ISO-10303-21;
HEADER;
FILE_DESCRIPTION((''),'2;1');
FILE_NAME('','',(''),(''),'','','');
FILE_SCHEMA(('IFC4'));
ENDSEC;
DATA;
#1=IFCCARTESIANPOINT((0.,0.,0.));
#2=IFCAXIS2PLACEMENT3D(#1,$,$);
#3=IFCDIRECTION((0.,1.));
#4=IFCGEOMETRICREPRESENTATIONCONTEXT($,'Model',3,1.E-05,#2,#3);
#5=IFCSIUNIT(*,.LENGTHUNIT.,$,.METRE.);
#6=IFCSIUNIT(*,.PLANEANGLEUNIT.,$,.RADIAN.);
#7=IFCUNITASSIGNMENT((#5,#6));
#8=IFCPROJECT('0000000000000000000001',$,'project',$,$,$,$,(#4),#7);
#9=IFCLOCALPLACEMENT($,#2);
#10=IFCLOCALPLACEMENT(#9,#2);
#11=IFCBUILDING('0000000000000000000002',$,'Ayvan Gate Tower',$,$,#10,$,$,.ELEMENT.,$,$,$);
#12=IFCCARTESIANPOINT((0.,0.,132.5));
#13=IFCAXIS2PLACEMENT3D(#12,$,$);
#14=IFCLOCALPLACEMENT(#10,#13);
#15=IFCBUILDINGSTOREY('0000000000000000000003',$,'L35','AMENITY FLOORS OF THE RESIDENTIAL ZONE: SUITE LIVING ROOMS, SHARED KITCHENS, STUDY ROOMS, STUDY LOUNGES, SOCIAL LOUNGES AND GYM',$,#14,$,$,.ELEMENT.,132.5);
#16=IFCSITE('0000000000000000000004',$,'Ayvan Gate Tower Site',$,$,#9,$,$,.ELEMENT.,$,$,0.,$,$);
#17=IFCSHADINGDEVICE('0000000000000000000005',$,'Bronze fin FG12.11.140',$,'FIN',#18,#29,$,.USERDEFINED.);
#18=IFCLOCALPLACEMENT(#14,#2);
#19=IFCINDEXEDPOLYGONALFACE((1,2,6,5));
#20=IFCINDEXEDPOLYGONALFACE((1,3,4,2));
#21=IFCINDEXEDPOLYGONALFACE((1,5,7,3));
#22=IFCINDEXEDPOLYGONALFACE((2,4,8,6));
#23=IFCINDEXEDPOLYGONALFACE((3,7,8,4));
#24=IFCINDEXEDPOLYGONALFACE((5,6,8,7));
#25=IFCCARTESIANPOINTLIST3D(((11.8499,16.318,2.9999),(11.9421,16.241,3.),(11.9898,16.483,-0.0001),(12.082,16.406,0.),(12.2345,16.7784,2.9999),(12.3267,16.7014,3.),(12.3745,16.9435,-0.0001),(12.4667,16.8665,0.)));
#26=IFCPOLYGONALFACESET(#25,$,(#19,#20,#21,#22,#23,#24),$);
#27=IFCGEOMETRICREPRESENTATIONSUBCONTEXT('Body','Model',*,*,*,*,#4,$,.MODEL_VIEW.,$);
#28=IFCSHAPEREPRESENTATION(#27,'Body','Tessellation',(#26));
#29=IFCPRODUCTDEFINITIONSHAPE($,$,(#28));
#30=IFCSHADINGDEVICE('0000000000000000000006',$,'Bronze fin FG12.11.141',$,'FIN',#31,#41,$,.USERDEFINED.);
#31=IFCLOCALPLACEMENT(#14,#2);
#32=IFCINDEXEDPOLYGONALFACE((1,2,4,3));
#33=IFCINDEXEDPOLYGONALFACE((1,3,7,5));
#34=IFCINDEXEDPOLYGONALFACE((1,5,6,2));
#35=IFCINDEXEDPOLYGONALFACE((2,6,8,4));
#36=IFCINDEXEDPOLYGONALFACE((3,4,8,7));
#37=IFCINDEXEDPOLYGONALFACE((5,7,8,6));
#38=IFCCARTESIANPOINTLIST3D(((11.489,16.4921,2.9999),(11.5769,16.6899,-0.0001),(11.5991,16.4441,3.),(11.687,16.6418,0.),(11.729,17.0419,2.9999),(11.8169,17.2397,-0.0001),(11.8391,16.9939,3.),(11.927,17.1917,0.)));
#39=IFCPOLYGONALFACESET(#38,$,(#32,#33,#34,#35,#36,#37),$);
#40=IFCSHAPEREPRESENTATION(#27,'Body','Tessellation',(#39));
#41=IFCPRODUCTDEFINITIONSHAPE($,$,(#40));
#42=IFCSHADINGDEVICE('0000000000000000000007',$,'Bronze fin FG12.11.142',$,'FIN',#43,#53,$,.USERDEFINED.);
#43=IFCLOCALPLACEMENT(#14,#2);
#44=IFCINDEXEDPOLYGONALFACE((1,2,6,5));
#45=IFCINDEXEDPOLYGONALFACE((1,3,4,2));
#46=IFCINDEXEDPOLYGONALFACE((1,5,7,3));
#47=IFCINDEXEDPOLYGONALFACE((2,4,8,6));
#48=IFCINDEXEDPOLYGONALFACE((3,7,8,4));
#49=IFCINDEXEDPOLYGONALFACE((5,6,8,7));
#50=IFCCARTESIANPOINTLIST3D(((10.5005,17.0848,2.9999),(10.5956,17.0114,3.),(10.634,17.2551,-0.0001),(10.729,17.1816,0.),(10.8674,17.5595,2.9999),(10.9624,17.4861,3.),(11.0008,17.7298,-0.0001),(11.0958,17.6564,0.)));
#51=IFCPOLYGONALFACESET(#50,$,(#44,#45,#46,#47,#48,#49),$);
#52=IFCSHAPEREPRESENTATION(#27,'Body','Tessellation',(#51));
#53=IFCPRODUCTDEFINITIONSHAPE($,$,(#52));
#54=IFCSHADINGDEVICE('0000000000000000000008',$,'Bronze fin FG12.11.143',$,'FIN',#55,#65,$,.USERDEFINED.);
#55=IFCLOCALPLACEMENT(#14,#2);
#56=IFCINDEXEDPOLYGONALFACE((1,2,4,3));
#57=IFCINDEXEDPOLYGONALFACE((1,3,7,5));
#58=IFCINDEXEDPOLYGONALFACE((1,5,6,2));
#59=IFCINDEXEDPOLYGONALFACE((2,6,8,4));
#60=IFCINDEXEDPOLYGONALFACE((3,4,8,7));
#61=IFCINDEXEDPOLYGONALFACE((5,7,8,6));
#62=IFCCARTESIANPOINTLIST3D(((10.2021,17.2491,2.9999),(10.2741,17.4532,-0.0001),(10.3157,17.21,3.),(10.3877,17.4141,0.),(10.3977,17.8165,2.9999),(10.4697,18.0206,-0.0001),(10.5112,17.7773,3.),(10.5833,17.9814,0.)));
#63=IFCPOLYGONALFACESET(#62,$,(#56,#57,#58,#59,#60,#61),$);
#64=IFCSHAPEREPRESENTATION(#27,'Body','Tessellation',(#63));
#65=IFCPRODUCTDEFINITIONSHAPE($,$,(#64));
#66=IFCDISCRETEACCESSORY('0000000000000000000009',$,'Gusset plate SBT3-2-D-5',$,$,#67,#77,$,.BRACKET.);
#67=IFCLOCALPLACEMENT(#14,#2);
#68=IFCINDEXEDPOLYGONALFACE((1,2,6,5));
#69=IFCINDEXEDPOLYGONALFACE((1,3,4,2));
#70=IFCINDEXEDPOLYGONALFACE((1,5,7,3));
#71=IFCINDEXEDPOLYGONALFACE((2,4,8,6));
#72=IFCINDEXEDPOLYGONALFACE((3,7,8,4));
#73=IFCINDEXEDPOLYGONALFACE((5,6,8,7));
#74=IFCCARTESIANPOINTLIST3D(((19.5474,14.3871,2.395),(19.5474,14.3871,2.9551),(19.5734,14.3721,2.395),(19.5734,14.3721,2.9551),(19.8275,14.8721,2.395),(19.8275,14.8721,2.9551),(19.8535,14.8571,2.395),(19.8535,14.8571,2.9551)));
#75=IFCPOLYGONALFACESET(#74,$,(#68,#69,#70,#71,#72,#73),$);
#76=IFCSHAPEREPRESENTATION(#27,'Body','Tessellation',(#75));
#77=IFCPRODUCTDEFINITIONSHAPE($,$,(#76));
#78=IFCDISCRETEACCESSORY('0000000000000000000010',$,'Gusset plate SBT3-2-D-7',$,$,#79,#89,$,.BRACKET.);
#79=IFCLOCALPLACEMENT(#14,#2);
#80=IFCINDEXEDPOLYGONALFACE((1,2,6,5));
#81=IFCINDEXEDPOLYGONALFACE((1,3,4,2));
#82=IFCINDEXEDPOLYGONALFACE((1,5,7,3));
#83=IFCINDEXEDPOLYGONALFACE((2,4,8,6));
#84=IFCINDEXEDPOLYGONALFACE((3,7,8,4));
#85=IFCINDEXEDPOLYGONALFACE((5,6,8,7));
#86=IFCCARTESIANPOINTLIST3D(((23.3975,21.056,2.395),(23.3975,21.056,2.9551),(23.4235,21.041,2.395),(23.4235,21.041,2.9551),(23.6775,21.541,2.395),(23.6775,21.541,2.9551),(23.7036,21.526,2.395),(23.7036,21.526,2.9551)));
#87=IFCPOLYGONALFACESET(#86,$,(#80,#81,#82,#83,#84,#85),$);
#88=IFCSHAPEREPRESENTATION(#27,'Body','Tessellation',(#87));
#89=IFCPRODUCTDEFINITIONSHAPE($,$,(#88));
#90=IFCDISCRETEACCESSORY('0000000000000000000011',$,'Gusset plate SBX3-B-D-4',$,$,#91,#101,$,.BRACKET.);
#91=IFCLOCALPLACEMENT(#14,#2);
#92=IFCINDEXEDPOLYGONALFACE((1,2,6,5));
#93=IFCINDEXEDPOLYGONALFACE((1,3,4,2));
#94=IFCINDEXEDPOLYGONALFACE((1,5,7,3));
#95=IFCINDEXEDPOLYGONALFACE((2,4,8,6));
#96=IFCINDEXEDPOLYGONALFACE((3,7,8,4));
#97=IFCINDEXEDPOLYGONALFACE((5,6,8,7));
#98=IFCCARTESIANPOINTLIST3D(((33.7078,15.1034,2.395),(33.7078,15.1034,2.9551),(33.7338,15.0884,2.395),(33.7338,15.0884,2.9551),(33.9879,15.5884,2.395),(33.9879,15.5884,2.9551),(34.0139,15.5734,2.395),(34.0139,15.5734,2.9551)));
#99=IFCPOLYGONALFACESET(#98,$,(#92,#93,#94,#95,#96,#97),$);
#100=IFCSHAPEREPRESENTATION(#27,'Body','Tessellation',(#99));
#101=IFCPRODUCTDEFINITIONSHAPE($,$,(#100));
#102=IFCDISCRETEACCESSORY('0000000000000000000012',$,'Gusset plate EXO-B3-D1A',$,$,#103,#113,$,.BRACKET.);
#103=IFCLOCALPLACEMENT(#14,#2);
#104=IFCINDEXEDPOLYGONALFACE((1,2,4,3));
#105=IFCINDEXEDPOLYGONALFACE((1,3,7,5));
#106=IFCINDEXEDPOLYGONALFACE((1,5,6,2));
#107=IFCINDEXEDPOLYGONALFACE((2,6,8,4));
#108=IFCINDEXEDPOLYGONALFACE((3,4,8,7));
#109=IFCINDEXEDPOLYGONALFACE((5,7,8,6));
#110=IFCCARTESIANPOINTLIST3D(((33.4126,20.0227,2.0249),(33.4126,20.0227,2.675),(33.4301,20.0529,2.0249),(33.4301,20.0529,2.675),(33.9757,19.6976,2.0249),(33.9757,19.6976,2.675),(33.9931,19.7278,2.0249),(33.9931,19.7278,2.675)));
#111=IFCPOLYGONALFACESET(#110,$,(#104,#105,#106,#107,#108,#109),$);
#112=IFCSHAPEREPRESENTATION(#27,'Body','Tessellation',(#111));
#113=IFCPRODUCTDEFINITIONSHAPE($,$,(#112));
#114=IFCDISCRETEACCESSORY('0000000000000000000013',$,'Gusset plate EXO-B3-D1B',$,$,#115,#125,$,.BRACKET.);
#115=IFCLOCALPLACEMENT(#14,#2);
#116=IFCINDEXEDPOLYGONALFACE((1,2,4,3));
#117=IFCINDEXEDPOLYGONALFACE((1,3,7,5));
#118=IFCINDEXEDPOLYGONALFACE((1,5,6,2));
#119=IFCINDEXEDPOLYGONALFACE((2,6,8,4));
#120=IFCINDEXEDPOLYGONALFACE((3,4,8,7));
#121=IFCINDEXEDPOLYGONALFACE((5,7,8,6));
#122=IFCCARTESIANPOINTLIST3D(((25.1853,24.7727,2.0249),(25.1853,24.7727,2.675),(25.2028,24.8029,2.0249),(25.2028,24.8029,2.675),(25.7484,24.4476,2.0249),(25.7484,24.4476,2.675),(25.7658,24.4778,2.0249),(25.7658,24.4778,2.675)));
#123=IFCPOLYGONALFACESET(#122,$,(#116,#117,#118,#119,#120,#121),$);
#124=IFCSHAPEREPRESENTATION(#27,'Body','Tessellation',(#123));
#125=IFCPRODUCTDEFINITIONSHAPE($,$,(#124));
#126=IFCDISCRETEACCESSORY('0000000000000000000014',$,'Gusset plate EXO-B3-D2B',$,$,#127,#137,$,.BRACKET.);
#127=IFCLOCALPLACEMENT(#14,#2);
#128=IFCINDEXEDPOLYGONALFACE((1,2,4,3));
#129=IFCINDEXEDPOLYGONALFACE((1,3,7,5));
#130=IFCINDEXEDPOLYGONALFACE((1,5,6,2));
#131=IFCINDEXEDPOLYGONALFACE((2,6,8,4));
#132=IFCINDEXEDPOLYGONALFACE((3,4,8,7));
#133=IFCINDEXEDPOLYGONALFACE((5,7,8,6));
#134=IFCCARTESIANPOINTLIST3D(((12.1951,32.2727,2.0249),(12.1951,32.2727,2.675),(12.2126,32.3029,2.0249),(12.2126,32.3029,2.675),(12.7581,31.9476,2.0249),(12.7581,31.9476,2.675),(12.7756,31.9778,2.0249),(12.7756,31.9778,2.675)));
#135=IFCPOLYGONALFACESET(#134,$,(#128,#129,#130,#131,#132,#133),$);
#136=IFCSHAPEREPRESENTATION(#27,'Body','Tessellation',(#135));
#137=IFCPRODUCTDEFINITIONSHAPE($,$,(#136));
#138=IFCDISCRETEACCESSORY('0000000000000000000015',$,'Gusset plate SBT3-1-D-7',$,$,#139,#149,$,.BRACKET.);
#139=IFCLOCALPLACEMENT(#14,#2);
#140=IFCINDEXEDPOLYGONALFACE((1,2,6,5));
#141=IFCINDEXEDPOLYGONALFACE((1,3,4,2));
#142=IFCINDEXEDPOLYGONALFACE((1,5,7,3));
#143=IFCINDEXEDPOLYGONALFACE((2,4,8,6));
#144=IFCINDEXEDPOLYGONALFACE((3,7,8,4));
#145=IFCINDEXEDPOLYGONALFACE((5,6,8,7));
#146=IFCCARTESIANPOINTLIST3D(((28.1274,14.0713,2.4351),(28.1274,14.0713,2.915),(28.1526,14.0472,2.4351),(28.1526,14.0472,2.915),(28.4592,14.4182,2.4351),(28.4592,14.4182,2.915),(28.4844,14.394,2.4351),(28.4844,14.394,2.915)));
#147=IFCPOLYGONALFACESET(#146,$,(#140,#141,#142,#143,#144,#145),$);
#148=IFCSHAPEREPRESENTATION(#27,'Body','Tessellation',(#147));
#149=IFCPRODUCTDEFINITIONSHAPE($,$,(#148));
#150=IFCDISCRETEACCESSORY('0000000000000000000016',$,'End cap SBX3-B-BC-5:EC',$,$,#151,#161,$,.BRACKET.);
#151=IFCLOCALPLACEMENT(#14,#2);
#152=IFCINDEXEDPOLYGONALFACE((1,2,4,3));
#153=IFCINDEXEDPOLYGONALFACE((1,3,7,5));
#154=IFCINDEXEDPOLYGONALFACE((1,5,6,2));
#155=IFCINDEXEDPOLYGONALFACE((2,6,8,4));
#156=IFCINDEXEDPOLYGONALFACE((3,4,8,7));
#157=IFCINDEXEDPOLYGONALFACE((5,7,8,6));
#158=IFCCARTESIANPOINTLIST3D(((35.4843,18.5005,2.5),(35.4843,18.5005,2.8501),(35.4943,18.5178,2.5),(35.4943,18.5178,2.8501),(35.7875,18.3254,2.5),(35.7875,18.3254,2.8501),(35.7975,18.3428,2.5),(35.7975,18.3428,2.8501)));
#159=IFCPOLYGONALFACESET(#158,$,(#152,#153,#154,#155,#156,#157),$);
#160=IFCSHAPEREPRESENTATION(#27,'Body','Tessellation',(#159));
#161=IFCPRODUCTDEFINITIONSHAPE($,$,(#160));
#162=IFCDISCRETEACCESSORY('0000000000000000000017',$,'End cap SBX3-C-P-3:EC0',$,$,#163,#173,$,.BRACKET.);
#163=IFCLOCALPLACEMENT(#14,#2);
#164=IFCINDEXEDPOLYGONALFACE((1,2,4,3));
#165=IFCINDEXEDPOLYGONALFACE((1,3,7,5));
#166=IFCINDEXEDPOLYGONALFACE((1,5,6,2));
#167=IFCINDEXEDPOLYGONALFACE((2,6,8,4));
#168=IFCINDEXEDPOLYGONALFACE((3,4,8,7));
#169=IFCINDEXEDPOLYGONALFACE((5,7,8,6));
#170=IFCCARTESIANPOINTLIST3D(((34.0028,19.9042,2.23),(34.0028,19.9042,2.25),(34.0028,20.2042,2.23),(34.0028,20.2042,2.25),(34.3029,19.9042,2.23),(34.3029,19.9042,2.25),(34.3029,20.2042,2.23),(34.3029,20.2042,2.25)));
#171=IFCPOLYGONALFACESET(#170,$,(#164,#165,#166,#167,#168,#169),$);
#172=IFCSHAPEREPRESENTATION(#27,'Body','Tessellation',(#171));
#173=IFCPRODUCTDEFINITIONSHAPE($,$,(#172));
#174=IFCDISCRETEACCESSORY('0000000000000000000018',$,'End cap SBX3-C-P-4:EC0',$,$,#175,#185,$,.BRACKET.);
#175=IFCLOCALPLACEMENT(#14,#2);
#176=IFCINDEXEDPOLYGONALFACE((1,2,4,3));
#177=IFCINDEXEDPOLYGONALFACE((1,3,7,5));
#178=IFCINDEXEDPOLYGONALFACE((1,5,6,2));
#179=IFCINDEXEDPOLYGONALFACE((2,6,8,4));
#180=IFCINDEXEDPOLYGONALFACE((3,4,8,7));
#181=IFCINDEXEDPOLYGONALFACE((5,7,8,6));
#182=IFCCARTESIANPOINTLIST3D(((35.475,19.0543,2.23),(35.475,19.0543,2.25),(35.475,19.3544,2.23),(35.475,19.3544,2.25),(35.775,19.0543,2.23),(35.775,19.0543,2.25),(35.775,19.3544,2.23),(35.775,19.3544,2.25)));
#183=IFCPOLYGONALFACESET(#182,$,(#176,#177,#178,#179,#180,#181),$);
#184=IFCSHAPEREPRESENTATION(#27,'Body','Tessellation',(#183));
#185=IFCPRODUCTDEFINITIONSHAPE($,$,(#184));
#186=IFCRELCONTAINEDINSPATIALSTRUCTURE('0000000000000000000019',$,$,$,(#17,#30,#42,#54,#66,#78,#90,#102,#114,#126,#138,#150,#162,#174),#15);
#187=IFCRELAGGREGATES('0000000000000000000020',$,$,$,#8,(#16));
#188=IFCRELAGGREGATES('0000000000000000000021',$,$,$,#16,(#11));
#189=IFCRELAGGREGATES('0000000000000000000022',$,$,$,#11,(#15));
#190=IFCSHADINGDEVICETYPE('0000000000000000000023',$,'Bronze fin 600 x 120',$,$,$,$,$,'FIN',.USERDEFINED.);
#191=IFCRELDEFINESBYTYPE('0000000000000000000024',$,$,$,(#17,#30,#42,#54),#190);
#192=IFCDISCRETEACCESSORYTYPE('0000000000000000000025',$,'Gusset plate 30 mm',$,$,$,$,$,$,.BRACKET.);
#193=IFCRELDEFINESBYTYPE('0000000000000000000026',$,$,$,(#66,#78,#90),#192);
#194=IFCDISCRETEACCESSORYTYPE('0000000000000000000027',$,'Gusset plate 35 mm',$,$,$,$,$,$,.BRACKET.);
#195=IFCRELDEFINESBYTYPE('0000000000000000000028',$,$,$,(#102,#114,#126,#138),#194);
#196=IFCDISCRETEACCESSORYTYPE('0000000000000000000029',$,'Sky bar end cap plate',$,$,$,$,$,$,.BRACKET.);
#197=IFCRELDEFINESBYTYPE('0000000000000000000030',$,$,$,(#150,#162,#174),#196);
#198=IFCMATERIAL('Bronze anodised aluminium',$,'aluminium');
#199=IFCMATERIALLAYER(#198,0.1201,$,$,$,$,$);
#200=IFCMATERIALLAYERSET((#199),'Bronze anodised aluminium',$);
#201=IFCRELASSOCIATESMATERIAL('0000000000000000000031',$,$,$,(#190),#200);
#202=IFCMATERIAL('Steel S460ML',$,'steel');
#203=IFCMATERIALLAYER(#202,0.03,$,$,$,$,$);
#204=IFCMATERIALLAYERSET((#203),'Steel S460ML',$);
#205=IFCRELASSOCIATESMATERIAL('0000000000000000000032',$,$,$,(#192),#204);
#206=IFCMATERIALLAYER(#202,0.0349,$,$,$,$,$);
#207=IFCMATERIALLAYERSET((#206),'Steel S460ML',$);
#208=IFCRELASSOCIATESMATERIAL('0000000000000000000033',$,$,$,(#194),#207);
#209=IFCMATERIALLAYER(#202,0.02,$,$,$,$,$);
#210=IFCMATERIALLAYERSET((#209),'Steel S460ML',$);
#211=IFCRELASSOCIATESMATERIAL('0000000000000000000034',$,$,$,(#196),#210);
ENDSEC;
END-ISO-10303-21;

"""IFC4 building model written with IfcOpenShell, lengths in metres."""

from ifc_helpers import new_model, si_unit, direction, frame, origin, origin_2d, place, context, subcontext, project, spatial, polyline, rectangle, outline, extrude, material, layer, layer_set, type_object, element, save


model = new_model("IFC4")

# Units and contexts
model_context = context("Model", 3, precision=1e-05, world=origin(), true_north=direction((0.0, 1.0)))
body_context = subcontext(model_context, "Body", "Model", "MODEL_VIEW")
ifc_project = project(units=[si_unit("LENGTHUNIT", "METRE"), si_unit("PLANEANGLEUNIT", "RADIAN")], contexts=[model_context])

# Site, building, storey
site_placement = place(None, origin())
site = spatial("IfcSite", under=ifc_project, at=site_placement, Name="Ayvan Gate Tower Site", CompositionType="ELEMENT", RefElevation=0.0)
building_placement = place(site_placement, origin())
building = spatial("IfcBuilding", under=site, at=building_placement, Name="Ayvan Gate Tower", CompositionType="ELEMENT")
storey_placement = place(building_placement, frame((0.0, 0.0, 132.5)))
storey = spatial("IfcBuildingStorey", under=building, at=storey_placement, Name="L35", Description="AMENITY FLOORS OF THE RESIDENTIAL ZONE: SUITE LIVING ROOMS, SHARED KITCHENS, STUDY ROOMS, STUDY LOUNGES, SOCIAL LOUNGES AND GYM", CompositionType="ELEMENT", Elevation=132.5)

# Shared definitions
ifc_material_1 = material(Name="Bronze anodised aluminium", Category="aluminium")

# Shading devices
ifc_layer_1 = layer(ifc_material_1, 0.1201)
ifc_layer_set_1 = layer_set([ifc_layer_1], Name="Bronze anodised aluminium")
shading_device_type = type_object("IfcShadingDeviceType", Name="Bronze fin 600 x 120", ElementType="FIN", PredefinedType="USERDEFINED", material=ifc_layer_set_1)
shading_device_1_placement = place(storey_placement, frame((12.082, 16.406, 0.0), z_axis=(0.767453, -0.641104, 0.000549), x_axis=(0.641105, 0.767454, 0.0)))
element("IfcShadingDevice", 1, at=shading_device_1_placement, inside=storey, type_object=shading_device_type, Name="Bronze fin FG12.11.140", ObjectType="FIN", PredefinedType="USERDEFINED", context=body_context, shape_type="SweptSolid", body=[
    extrude(outline(polyline([(0.0, 0.0), (0.6, 0.0), (0.3835, 3.0), (-0.2163, 3.0), (0.0, 0.0)])), origin(), (0.0, 0.0, -1.0), 0.1201),
])
shading_device_2_placement = place(storey_placement, frame((11.687, 16.6418, 0.0), z_axis=(0.916493, -0.40005, 0.00048), x_axis=(0.40005, 0.916493, 0.0)))
element("IfcShadingDevice", 2, at=shading_device_2_placement, inside=storey, type_object=shading_device_type, Name="Bronze fin FG12.11.141", ObjectType="FIN", PredefinedType="USERDEFINED", context=body_context, shape_type="SweptSolid", body=[
    extrude(outline(polyline([(0.0, 0.0), (0.5999, 0.0), (0.3835, 3.0), (-0.2164, 3.0), (0.0, 0.0)])), origin(), (0.0, 0.0, -1.0), 0.1201),
])
shading_device_3_placement = place(storey_placement, frame((10.729, 17.1816, 0.0), z_axis=(0.791298, -0.61143, 0.000486), x_axis=(0.61143, 0.791298, 0.0)))
element("IfcShadingDevice", 3, at=shading_device_3_placement, inside=storey, type_object=shading_device_type, Name="Bronze fin FG12.11.142", ObjectType="FIN", PredefinedType="USERDEFINED", context=body_context, shape_type="SweptSolid", body=[
    extrude(outline(polyline([(0.0, 0.0), (0.6, 0.0), (0.3836, 3.0), (-0.2163, 3.0), (0.0, 0.0)])), origin(), (0.0, 0.0, -1.0), 0.1201),
])
shading_device_4_placement = place(storey_placement, frame((10.3877, 17.4141, 0.0), z_axis=(0.94542, -0.325853, 0.000528), x_axis=(0.325853, 0.945421, 0.0)))
element("IfcShadingDevice", 4, at=shading_device_4_placement, inside=storey, type_object=shading_device_type, Name="Bronze fin FG12.11.143", ObjectType="FIN", PredefinedType="USERDEFINED", context=body_context, shape_type="SweptSolid", body=[
    extrude(outline(polyline([(0.0, 0.0), (0.6001, 0.0), (0.3837, 3.0), (-0.2164, 3.0), (0.0, 0.0)])), origin(), (0.0, 0.0, -1.0), 0.1201),
])

# Discrete accessories
ifc_material_2 = material(Name="Steel S460ML", Category="steel")
ifc_layer_2 = layer(ifc_material_2, 0.03)
ifc_layer_set_2 = layer_set([ifc_layer_2], Name="Steel S460ML")
discrete_accessory_type_1 = type_object("IfcDiscreteAccessoryType", Name="Gusset plate 30 mm", PredefinedType="BRACKET", material=ifc_layer_set_2)
for number, where, z_axis, x_axis, name in (
    (5, (19.7004, 14.6221, 2.395), (0.0, 0.0, 1.0), (0.5, 0.866025, 0.0), "Gusset plate SBT3-2-D-5"),
    (6, (23.5505, 21.291, 2.395), (0.0, 0.0, 1.0), (0.5, 0.866025, 0.0), "Gusset plate SBT3-2-D-7"),
    (7, (33.8608, 15.3384, 2.395), (0.0, 0.0, 1.0), (0.5, 0.866025, 0.0), "Gusset plate SBX3-B-D-4"),
):
    element("IfcDiscreteAccessory", number, at=place(storey_placement, frame(where, z_axis=z_axis, x_axis=x_axis)), inside=storey, type_object=discrete_accessory_type_1, Name=name, PredefinedType="BRACKET", context=body_context, shape_type="SweptSolid", body=[
        extrude(rectangle(XDim=0.5601, YDim=0.03, at=origin_2d()), origin(), (0.0, 0.0, 1.0), 0.5601),
    ])
ifc_layer_3 = layer(ifc_material_2, 0.0349)
ifc_layer_set_3 = layer_set([ifc_layer_3], Name="Steel S460ML")
discrete_accessory_type_2 = type_object("IfcDiscreteAccessoryType", Name="Gusset plate 35 mm", PredefinedType="BRACKET", material=ifc_layer_set_3)
for number, where, z_axis, x_axis, name in (
    (8, (33.7029, 19.8752, 2.0249), (0.0, 0.0, 1.0), (-0.866025, 0.5, 0.0), "Gusset plate EXO-B3-D1A"),
    (9, (25.4756, 24.6252, 2.0249), (0.0, 0.0, 1.0), (-0.866025, 0.5, 0.0), "Gusset plate EXO-B3-D1B"),
    (10, (12.4854, 32.1252, 2.0249), (0.0, 0.0, 1.0), (-0.866025, 0.5, 0.0), "Gusset plate EXO-B3-D2B"),
):
    element("IfcDiscreteAccessory", number, at=place(storey_placement, frame(where, z_axis=z_axis, x_axis=x_axis)), inside=storey, type_object=discrete_accessory_type_2, Name=name, PredefinedType="BRACKET", context=body_context, shape_type="SweptSolid", body=[
        extrude(rectangle(XDim=0.6501, YDim=0.0349, at=origin_2d()), origin(), (0.0, 0.0, 1.0), 0.6501),
    ])
discrete_accessory_1_placement = place(storey_placement, frame((28.3059, 14.2327, 2.4351), z_axis=(0.0, 0.0, 1.0), x_axis=(0.691214, 0.72265, 0.0)))
element("IfcDiscreteAccessory", 11, at=discrete_accessory_1_placement, inside=storey, type_object=discrete_accessory_type_2, Name="Gusset plate SBT3-1-D-7", PredefinedType="BRACKET", context=body_context, shape_type="SweptSolid", body=[
    extrude(rectangle(XDim=0.48, YDim=0.0349, at=origin_2d()), origin(), (0.0, 0.0, 1.0), 0.48),
])
ifc_layer_4 = layer(ifc_material_2, 0.02)
ifc_layer_set_4 = layer_set([ifc_layer_4], Name="Steel S460ML")
discrete_accessory_type_3 = type_object("IfcDiscreteAccessoryType", Name="Sky bar end cap plate", PredefinedType="BRACKET", material=ifc_layer_set_4)
discrete_accessory_2_placement = place(storey_placement, frame((35.6409, 18.4216, 2.5), z_axis=(0.0, 0.0, 1.0), x_axis=(0.5, 0.866025, 0.0)))
element("IfcDiscreteAccessory", 12, at=discrete_accessory_2_placement, inside=storey, type_object=discrete_accessory_type_3, Name="End cap SBX3-B-BC-5:EC", PredefinedType="BRACKET", context=body_context, shape_type="SweptSolid", body=[
    extrude(rectangle(XDim=0.02, YDim=0.3501, at=origin_2d()), origin(), (0.0, 0.0, 1.0), 0.3501),
])
for number, where, z_axis, x_axis, name in (
    (13, (34.1528, 20.0542, 2.23), (0.0, 0.0, 1.0), (1.0, 0.0, 0.0), "End cap SBX3-C-P-3:EC0"),
    (14, (35.625, 19.2043, 2.23), (0.0, 0.0, 1.0), (1.0, 0.0, 0.0), "End cap SBX3-C-P-4:EC0"),
):
    element("IfcDiscreteAccessory", number, at=place(storey_placement, frame(where, z_axis=z_axis, x_axis=x_axis)), inside=storey, type_object=discrete_accessory_type_3, Name=name, PredefinedType="BRACKET", context=body_context, shape_type="SweptSolid", body=[
        extrude(rectangle(XDim=0.3, YDim=0.3, at=origin_2d()), origin(), (0.0, 0.0, 1.0), 0.02),
    ])

save(model, "model.ifc")
